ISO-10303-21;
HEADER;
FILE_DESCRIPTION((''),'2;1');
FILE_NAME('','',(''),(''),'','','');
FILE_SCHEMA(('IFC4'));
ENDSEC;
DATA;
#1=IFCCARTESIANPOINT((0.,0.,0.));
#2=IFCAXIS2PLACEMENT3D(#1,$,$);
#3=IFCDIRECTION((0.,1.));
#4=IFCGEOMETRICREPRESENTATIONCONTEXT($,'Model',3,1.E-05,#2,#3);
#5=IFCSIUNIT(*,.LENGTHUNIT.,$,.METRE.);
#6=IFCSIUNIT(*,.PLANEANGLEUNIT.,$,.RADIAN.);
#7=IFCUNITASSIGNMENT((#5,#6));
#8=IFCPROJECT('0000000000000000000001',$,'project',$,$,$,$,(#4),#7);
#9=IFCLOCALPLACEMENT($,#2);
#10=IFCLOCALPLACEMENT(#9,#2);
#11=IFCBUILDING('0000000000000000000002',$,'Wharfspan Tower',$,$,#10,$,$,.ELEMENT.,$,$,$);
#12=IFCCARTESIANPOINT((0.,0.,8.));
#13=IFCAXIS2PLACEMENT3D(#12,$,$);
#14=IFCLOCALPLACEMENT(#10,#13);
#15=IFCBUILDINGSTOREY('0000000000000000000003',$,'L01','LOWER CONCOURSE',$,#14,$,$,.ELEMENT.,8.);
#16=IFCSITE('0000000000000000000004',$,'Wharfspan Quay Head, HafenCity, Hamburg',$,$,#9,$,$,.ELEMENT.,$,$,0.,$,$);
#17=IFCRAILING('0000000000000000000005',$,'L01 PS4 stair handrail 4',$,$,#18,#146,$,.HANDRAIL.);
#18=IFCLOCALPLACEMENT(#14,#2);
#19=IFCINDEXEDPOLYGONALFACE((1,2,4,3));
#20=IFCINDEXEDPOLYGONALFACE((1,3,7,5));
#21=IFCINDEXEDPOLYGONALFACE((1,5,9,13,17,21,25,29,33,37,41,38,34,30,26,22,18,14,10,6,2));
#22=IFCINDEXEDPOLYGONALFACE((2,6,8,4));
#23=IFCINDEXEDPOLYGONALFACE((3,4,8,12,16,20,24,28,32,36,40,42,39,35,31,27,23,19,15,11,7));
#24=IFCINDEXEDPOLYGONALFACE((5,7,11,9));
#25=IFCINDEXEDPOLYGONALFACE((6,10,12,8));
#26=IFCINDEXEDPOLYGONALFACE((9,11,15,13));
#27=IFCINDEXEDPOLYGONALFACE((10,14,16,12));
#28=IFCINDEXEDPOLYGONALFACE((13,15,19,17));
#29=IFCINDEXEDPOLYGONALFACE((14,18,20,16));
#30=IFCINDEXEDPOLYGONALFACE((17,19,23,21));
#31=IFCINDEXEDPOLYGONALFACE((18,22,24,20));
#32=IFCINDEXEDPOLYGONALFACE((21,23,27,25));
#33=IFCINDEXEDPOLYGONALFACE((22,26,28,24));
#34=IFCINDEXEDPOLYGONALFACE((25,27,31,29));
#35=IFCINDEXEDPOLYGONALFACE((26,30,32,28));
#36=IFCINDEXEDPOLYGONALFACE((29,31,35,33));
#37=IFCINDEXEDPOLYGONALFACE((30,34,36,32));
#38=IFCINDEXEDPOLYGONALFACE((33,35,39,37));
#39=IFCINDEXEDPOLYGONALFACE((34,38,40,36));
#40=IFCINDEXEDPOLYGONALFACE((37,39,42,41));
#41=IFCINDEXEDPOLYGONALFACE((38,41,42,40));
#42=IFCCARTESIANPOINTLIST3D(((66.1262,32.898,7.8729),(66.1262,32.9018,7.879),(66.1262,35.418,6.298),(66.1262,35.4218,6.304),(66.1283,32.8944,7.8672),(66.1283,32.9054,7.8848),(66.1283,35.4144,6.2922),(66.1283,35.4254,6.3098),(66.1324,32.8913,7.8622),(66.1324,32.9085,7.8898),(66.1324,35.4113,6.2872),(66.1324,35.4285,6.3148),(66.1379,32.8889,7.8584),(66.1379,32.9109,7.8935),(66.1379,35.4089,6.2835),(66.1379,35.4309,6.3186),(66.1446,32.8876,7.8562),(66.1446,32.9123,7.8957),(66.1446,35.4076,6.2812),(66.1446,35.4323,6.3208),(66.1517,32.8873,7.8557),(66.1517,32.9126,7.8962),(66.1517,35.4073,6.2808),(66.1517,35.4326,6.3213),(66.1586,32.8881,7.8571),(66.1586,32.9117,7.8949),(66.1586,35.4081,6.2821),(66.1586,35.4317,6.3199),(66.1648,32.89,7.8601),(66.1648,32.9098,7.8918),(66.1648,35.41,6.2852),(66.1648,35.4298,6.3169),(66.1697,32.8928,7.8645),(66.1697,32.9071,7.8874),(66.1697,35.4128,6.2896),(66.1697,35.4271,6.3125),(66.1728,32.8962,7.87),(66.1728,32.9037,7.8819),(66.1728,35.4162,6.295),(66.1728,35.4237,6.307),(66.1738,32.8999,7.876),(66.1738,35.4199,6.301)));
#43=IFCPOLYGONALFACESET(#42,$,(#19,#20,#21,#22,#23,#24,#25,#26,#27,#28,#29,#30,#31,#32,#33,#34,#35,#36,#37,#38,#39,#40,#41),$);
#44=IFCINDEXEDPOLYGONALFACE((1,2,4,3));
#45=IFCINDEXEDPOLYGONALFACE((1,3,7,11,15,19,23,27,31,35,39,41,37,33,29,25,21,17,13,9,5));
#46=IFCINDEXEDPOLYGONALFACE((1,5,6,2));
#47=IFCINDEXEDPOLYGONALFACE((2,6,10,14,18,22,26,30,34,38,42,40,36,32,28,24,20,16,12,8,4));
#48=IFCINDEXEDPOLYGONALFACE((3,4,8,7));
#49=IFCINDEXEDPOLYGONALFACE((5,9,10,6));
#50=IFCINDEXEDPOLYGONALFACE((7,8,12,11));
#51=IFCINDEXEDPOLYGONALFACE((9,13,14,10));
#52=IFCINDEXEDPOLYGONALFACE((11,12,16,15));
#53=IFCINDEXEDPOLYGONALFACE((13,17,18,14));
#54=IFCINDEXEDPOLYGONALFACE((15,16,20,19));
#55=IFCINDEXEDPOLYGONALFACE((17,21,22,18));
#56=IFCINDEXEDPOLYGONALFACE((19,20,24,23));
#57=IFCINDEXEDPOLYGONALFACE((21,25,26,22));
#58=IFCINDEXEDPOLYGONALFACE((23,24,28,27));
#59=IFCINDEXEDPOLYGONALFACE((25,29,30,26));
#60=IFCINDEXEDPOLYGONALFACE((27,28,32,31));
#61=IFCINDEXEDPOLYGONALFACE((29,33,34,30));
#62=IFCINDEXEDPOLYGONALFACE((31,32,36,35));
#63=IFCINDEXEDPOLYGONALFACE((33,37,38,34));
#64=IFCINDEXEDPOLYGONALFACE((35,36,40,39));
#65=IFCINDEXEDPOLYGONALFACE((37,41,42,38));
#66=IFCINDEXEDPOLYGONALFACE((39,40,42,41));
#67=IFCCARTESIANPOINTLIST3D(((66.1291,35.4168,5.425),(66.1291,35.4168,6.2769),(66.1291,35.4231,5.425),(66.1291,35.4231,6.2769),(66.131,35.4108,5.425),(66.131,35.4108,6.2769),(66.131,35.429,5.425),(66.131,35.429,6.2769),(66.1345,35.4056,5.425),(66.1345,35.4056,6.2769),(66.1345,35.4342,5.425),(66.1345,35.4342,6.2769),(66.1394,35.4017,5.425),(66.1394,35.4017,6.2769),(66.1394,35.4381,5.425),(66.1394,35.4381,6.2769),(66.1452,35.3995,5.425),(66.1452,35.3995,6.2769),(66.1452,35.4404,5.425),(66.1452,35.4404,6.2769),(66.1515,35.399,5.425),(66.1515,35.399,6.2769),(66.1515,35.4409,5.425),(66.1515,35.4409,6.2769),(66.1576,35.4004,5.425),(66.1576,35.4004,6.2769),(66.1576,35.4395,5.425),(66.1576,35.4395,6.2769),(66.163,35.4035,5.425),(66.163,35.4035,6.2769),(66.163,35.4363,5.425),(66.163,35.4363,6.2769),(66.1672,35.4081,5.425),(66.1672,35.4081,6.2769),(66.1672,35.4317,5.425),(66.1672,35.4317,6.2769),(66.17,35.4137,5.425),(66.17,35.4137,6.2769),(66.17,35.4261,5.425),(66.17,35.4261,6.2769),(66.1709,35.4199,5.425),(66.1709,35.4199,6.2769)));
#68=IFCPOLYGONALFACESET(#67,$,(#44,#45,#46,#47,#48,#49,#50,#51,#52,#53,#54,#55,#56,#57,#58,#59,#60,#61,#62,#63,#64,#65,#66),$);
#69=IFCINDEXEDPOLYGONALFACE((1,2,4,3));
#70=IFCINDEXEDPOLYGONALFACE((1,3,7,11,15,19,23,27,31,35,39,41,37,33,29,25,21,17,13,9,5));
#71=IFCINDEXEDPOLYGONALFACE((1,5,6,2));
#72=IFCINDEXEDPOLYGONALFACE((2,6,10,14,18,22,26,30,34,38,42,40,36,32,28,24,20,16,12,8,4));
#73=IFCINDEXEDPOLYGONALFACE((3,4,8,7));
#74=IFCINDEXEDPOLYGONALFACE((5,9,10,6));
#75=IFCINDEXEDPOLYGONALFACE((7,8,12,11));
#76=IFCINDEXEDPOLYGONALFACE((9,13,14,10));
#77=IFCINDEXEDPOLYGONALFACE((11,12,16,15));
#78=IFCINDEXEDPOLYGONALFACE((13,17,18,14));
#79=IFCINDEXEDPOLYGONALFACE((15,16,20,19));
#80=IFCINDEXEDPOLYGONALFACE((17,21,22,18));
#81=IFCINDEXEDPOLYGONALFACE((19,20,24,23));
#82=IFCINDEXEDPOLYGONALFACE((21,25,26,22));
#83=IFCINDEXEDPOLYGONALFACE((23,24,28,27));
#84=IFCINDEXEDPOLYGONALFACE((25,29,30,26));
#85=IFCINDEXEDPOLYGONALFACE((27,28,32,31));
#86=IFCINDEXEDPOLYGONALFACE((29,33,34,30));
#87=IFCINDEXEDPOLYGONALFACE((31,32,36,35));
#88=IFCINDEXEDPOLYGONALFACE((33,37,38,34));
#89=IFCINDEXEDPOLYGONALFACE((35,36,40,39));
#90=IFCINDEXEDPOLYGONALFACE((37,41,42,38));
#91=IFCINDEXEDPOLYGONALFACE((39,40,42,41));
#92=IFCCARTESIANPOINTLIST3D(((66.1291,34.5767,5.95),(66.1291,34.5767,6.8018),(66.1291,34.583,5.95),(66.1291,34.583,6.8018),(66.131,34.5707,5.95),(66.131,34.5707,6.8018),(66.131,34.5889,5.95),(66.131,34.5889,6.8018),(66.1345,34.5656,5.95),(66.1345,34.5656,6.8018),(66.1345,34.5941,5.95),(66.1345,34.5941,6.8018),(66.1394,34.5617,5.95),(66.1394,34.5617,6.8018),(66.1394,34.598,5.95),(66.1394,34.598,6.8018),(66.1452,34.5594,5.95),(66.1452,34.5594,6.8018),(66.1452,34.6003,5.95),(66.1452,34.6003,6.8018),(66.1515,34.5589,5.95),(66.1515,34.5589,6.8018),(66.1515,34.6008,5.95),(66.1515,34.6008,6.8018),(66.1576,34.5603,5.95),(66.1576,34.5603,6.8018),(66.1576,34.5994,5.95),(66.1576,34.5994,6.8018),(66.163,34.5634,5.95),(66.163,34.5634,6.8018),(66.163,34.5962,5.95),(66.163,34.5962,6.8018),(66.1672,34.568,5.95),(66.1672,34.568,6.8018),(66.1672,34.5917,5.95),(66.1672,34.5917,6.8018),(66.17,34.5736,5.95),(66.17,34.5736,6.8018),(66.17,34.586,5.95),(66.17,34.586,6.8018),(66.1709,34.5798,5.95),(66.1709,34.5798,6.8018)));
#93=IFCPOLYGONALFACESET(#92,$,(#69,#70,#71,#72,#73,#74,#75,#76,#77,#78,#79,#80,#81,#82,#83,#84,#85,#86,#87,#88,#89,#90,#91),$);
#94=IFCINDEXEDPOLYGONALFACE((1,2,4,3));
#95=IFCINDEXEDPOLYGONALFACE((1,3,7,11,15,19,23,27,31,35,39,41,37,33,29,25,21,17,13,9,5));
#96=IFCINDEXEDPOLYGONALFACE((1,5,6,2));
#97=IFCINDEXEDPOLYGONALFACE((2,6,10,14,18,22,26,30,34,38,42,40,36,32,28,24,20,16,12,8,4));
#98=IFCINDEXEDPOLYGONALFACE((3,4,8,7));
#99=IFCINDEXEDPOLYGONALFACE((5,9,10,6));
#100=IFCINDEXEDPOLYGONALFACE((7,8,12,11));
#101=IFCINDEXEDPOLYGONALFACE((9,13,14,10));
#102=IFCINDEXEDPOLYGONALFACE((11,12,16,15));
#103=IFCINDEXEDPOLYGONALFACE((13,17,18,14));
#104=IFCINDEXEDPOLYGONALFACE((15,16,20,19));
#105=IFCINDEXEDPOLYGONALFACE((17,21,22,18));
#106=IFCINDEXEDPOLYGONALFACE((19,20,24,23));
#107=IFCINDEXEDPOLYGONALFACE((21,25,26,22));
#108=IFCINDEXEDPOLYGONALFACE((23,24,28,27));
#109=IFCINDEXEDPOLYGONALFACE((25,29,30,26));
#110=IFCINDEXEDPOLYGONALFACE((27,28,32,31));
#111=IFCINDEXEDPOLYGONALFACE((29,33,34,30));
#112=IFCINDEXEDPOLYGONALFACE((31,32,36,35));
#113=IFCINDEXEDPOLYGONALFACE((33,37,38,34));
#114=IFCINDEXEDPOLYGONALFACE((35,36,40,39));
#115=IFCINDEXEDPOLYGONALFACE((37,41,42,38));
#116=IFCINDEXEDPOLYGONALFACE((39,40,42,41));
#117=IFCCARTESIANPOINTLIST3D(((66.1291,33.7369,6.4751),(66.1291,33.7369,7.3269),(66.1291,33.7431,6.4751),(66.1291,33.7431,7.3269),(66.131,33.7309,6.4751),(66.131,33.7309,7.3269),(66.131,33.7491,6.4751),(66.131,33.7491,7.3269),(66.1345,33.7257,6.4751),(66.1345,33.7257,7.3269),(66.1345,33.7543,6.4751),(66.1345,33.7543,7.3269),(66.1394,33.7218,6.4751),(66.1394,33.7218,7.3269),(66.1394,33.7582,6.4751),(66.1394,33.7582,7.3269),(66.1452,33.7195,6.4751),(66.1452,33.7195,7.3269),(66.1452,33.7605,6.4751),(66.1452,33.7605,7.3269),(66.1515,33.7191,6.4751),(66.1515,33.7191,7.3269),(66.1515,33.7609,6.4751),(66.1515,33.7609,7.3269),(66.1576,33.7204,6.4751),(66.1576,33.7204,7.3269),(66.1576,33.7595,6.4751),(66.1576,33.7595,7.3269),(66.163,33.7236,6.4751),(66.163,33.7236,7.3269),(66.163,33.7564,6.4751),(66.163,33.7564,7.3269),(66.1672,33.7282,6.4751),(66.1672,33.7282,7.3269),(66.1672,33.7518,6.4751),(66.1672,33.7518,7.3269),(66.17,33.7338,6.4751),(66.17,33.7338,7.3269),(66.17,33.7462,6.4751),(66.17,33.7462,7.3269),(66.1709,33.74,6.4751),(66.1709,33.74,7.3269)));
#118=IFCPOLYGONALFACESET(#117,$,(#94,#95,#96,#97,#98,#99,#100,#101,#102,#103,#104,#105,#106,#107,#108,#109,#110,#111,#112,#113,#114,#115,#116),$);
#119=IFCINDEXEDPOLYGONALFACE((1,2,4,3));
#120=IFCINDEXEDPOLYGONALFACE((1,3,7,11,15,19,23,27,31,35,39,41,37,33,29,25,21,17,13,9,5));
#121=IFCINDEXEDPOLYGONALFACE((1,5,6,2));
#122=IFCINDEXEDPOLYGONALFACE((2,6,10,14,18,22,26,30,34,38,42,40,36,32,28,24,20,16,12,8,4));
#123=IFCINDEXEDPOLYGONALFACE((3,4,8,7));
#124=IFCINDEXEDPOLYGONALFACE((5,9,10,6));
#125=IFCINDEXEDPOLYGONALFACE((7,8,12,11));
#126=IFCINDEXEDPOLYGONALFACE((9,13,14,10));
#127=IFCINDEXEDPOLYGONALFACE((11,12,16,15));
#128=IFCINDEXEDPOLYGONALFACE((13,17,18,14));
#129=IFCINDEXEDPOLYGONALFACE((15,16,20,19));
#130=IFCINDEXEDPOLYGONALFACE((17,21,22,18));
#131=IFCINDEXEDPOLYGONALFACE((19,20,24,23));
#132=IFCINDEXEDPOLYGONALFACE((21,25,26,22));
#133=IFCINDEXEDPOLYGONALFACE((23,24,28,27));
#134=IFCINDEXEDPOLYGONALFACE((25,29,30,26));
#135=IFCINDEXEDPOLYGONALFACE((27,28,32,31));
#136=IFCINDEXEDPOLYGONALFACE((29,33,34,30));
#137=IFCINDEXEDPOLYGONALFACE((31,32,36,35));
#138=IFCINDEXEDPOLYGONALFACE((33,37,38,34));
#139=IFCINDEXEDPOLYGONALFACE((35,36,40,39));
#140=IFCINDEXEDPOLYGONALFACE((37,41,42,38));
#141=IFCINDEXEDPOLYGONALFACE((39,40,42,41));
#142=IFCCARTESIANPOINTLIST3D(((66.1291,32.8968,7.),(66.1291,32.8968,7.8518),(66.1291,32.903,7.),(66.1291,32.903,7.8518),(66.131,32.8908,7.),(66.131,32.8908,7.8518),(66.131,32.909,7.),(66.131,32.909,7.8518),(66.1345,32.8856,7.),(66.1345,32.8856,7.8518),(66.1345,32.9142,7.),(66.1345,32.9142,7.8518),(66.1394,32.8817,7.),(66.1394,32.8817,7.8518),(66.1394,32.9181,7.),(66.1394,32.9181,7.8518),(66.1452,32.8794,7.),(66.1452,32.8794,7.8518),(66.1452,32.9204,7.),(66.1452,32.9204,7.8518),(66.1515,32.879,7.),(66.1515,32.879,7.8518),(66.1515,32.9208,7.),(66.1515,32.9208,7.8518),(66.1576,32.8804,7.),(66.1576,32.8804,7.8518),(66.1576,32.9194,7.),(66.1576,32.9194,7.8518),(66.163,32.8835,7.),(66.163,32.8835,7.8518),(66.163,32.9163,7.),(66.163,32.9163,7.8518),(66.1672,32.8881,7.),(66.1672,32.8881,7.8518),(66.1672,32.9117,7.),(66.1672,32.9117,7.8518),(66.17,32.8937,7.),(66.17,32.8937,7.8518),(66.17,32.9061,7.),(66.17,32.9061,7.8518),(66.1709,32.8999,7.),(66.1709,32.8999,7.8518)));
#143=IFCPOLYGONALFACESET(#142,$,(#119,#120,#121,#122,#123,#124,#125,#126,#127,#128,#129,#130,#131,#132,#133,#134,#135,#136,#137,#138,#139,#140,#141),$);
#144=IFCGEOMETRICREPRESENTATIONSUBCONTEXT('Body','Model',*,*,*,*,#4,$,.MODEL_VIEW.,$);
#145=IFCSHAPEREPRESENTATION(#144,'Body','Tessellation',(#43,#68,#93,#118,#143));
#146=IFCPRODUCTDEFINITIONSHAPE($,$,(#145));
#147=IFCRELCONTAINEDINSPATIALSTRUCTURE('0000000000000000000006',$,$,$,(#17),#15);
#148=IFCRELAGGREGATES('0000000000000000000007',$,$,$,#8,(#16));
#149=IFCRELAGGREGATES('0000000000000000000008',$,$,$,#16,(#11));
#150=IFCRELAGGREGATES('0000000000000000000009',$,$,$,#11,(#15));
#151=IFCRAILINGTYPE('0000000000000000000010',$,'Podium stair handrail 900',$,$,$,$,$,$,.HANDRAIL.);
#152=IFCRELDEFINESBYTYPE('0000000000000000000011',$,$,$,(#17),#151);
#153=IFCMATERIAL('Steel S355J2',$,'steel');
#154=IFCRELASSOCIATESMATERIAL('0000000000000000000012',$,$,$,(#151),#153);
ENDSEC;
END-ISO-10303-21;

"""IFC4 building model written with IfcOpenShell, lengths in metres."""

from ifc_helpers import new_model, si_unit, direction, frame, origin, origin_2d, place, context, subcontext, project, spatial, circle, extrude, material, type_object, element, save


model = new_model("IFC4")

# Units and contexts
model_context = context("Model", 3, precision=1e-05, world=origin(), true_north=direction((0.0, 1.0)))
body_context = subcontext(model_context, "Body", "Model", "MODEL_VIEW")
ifc_project = project(units=[si_unit("LENGTHUNIT", "METRE"), si_unit("PLANEANGLEUNIT", "RADIAN")], contexts=[model_context])

# Site, building, storey
site_placement = place(None, origin())
site = spatial("IfcSite", under=ifc_project, at=site_placement, Name="Wharfspan Quay Head, HafenCity, Hamburg", CompositionType="ELEMENT", RefElevation=0.0)
building_placement = place(site_placement, origin())
building = spatial("IfcBuilding", under=site, at=building_placement, Name="Wharfspan Tower", CompositionType="ELEMENT")
storey_placement = place(building_placement, frame((0.0, 0.0, 8.0)))
storey = spatial("IfcBuildingStorey", under=building, at=storey_placement, Name="L01", Description="LOWER CONCOURSE", CompositionType="ELEMENT", Elevation=8.0)

# Railing
ifc_material_1 = material(Name="Steel S355J2", Category="steel")
railing_type_1 = type_object("IfcRailingType", Name="Podium stair handrail 900", PredefinedType="HANDRAIL", material=ifc_material_1)
railing_1_placement = place(storey_placement, frame((66.1499, 35.4199, 5.425)))
element("IfcRailing", 1, at=railing_1_placement, inside=storey, type_object=railing_type_1, Name="L01 PS4 stair handrail 4", PredefinedType="HANDRAIL", context=body_context, shape_type="SweptSolid", body=[
    extrude(circle(Radius=0.0239, at=origin_2d()), frame((0.0, 0.0, 0.876), z_axis=(0.0, -0.848008, 0.529984), x_axis=(1.0, 0.0, 0.0)), (0.0, 0.0, 1.0), 2.9717),
    extrude(circle(Radius=0.021, at=origin_2d()), origin(), (0.0, 0.0, 1.0), 0.8518),
    extrude(circle(Radius=0.021, at=origin_2d()), frame((0.0, -0.8401, 0.5249)), (0.0, 0.0, 1.0), 0.8518),
    extrude(circle(Radius=0.021, at=origin_2d()), frame((0.0, -1.6799, 1.05)), (0.0, 0.0, 1.0), 0.8518),
    extrude(circle(Radius=0.021, at=origin_2d()), frame((0.0, -2.52, 1.575)), (0.0, 0.0, 1.0), 0.8518),
])

save(model, "model.ifc")
